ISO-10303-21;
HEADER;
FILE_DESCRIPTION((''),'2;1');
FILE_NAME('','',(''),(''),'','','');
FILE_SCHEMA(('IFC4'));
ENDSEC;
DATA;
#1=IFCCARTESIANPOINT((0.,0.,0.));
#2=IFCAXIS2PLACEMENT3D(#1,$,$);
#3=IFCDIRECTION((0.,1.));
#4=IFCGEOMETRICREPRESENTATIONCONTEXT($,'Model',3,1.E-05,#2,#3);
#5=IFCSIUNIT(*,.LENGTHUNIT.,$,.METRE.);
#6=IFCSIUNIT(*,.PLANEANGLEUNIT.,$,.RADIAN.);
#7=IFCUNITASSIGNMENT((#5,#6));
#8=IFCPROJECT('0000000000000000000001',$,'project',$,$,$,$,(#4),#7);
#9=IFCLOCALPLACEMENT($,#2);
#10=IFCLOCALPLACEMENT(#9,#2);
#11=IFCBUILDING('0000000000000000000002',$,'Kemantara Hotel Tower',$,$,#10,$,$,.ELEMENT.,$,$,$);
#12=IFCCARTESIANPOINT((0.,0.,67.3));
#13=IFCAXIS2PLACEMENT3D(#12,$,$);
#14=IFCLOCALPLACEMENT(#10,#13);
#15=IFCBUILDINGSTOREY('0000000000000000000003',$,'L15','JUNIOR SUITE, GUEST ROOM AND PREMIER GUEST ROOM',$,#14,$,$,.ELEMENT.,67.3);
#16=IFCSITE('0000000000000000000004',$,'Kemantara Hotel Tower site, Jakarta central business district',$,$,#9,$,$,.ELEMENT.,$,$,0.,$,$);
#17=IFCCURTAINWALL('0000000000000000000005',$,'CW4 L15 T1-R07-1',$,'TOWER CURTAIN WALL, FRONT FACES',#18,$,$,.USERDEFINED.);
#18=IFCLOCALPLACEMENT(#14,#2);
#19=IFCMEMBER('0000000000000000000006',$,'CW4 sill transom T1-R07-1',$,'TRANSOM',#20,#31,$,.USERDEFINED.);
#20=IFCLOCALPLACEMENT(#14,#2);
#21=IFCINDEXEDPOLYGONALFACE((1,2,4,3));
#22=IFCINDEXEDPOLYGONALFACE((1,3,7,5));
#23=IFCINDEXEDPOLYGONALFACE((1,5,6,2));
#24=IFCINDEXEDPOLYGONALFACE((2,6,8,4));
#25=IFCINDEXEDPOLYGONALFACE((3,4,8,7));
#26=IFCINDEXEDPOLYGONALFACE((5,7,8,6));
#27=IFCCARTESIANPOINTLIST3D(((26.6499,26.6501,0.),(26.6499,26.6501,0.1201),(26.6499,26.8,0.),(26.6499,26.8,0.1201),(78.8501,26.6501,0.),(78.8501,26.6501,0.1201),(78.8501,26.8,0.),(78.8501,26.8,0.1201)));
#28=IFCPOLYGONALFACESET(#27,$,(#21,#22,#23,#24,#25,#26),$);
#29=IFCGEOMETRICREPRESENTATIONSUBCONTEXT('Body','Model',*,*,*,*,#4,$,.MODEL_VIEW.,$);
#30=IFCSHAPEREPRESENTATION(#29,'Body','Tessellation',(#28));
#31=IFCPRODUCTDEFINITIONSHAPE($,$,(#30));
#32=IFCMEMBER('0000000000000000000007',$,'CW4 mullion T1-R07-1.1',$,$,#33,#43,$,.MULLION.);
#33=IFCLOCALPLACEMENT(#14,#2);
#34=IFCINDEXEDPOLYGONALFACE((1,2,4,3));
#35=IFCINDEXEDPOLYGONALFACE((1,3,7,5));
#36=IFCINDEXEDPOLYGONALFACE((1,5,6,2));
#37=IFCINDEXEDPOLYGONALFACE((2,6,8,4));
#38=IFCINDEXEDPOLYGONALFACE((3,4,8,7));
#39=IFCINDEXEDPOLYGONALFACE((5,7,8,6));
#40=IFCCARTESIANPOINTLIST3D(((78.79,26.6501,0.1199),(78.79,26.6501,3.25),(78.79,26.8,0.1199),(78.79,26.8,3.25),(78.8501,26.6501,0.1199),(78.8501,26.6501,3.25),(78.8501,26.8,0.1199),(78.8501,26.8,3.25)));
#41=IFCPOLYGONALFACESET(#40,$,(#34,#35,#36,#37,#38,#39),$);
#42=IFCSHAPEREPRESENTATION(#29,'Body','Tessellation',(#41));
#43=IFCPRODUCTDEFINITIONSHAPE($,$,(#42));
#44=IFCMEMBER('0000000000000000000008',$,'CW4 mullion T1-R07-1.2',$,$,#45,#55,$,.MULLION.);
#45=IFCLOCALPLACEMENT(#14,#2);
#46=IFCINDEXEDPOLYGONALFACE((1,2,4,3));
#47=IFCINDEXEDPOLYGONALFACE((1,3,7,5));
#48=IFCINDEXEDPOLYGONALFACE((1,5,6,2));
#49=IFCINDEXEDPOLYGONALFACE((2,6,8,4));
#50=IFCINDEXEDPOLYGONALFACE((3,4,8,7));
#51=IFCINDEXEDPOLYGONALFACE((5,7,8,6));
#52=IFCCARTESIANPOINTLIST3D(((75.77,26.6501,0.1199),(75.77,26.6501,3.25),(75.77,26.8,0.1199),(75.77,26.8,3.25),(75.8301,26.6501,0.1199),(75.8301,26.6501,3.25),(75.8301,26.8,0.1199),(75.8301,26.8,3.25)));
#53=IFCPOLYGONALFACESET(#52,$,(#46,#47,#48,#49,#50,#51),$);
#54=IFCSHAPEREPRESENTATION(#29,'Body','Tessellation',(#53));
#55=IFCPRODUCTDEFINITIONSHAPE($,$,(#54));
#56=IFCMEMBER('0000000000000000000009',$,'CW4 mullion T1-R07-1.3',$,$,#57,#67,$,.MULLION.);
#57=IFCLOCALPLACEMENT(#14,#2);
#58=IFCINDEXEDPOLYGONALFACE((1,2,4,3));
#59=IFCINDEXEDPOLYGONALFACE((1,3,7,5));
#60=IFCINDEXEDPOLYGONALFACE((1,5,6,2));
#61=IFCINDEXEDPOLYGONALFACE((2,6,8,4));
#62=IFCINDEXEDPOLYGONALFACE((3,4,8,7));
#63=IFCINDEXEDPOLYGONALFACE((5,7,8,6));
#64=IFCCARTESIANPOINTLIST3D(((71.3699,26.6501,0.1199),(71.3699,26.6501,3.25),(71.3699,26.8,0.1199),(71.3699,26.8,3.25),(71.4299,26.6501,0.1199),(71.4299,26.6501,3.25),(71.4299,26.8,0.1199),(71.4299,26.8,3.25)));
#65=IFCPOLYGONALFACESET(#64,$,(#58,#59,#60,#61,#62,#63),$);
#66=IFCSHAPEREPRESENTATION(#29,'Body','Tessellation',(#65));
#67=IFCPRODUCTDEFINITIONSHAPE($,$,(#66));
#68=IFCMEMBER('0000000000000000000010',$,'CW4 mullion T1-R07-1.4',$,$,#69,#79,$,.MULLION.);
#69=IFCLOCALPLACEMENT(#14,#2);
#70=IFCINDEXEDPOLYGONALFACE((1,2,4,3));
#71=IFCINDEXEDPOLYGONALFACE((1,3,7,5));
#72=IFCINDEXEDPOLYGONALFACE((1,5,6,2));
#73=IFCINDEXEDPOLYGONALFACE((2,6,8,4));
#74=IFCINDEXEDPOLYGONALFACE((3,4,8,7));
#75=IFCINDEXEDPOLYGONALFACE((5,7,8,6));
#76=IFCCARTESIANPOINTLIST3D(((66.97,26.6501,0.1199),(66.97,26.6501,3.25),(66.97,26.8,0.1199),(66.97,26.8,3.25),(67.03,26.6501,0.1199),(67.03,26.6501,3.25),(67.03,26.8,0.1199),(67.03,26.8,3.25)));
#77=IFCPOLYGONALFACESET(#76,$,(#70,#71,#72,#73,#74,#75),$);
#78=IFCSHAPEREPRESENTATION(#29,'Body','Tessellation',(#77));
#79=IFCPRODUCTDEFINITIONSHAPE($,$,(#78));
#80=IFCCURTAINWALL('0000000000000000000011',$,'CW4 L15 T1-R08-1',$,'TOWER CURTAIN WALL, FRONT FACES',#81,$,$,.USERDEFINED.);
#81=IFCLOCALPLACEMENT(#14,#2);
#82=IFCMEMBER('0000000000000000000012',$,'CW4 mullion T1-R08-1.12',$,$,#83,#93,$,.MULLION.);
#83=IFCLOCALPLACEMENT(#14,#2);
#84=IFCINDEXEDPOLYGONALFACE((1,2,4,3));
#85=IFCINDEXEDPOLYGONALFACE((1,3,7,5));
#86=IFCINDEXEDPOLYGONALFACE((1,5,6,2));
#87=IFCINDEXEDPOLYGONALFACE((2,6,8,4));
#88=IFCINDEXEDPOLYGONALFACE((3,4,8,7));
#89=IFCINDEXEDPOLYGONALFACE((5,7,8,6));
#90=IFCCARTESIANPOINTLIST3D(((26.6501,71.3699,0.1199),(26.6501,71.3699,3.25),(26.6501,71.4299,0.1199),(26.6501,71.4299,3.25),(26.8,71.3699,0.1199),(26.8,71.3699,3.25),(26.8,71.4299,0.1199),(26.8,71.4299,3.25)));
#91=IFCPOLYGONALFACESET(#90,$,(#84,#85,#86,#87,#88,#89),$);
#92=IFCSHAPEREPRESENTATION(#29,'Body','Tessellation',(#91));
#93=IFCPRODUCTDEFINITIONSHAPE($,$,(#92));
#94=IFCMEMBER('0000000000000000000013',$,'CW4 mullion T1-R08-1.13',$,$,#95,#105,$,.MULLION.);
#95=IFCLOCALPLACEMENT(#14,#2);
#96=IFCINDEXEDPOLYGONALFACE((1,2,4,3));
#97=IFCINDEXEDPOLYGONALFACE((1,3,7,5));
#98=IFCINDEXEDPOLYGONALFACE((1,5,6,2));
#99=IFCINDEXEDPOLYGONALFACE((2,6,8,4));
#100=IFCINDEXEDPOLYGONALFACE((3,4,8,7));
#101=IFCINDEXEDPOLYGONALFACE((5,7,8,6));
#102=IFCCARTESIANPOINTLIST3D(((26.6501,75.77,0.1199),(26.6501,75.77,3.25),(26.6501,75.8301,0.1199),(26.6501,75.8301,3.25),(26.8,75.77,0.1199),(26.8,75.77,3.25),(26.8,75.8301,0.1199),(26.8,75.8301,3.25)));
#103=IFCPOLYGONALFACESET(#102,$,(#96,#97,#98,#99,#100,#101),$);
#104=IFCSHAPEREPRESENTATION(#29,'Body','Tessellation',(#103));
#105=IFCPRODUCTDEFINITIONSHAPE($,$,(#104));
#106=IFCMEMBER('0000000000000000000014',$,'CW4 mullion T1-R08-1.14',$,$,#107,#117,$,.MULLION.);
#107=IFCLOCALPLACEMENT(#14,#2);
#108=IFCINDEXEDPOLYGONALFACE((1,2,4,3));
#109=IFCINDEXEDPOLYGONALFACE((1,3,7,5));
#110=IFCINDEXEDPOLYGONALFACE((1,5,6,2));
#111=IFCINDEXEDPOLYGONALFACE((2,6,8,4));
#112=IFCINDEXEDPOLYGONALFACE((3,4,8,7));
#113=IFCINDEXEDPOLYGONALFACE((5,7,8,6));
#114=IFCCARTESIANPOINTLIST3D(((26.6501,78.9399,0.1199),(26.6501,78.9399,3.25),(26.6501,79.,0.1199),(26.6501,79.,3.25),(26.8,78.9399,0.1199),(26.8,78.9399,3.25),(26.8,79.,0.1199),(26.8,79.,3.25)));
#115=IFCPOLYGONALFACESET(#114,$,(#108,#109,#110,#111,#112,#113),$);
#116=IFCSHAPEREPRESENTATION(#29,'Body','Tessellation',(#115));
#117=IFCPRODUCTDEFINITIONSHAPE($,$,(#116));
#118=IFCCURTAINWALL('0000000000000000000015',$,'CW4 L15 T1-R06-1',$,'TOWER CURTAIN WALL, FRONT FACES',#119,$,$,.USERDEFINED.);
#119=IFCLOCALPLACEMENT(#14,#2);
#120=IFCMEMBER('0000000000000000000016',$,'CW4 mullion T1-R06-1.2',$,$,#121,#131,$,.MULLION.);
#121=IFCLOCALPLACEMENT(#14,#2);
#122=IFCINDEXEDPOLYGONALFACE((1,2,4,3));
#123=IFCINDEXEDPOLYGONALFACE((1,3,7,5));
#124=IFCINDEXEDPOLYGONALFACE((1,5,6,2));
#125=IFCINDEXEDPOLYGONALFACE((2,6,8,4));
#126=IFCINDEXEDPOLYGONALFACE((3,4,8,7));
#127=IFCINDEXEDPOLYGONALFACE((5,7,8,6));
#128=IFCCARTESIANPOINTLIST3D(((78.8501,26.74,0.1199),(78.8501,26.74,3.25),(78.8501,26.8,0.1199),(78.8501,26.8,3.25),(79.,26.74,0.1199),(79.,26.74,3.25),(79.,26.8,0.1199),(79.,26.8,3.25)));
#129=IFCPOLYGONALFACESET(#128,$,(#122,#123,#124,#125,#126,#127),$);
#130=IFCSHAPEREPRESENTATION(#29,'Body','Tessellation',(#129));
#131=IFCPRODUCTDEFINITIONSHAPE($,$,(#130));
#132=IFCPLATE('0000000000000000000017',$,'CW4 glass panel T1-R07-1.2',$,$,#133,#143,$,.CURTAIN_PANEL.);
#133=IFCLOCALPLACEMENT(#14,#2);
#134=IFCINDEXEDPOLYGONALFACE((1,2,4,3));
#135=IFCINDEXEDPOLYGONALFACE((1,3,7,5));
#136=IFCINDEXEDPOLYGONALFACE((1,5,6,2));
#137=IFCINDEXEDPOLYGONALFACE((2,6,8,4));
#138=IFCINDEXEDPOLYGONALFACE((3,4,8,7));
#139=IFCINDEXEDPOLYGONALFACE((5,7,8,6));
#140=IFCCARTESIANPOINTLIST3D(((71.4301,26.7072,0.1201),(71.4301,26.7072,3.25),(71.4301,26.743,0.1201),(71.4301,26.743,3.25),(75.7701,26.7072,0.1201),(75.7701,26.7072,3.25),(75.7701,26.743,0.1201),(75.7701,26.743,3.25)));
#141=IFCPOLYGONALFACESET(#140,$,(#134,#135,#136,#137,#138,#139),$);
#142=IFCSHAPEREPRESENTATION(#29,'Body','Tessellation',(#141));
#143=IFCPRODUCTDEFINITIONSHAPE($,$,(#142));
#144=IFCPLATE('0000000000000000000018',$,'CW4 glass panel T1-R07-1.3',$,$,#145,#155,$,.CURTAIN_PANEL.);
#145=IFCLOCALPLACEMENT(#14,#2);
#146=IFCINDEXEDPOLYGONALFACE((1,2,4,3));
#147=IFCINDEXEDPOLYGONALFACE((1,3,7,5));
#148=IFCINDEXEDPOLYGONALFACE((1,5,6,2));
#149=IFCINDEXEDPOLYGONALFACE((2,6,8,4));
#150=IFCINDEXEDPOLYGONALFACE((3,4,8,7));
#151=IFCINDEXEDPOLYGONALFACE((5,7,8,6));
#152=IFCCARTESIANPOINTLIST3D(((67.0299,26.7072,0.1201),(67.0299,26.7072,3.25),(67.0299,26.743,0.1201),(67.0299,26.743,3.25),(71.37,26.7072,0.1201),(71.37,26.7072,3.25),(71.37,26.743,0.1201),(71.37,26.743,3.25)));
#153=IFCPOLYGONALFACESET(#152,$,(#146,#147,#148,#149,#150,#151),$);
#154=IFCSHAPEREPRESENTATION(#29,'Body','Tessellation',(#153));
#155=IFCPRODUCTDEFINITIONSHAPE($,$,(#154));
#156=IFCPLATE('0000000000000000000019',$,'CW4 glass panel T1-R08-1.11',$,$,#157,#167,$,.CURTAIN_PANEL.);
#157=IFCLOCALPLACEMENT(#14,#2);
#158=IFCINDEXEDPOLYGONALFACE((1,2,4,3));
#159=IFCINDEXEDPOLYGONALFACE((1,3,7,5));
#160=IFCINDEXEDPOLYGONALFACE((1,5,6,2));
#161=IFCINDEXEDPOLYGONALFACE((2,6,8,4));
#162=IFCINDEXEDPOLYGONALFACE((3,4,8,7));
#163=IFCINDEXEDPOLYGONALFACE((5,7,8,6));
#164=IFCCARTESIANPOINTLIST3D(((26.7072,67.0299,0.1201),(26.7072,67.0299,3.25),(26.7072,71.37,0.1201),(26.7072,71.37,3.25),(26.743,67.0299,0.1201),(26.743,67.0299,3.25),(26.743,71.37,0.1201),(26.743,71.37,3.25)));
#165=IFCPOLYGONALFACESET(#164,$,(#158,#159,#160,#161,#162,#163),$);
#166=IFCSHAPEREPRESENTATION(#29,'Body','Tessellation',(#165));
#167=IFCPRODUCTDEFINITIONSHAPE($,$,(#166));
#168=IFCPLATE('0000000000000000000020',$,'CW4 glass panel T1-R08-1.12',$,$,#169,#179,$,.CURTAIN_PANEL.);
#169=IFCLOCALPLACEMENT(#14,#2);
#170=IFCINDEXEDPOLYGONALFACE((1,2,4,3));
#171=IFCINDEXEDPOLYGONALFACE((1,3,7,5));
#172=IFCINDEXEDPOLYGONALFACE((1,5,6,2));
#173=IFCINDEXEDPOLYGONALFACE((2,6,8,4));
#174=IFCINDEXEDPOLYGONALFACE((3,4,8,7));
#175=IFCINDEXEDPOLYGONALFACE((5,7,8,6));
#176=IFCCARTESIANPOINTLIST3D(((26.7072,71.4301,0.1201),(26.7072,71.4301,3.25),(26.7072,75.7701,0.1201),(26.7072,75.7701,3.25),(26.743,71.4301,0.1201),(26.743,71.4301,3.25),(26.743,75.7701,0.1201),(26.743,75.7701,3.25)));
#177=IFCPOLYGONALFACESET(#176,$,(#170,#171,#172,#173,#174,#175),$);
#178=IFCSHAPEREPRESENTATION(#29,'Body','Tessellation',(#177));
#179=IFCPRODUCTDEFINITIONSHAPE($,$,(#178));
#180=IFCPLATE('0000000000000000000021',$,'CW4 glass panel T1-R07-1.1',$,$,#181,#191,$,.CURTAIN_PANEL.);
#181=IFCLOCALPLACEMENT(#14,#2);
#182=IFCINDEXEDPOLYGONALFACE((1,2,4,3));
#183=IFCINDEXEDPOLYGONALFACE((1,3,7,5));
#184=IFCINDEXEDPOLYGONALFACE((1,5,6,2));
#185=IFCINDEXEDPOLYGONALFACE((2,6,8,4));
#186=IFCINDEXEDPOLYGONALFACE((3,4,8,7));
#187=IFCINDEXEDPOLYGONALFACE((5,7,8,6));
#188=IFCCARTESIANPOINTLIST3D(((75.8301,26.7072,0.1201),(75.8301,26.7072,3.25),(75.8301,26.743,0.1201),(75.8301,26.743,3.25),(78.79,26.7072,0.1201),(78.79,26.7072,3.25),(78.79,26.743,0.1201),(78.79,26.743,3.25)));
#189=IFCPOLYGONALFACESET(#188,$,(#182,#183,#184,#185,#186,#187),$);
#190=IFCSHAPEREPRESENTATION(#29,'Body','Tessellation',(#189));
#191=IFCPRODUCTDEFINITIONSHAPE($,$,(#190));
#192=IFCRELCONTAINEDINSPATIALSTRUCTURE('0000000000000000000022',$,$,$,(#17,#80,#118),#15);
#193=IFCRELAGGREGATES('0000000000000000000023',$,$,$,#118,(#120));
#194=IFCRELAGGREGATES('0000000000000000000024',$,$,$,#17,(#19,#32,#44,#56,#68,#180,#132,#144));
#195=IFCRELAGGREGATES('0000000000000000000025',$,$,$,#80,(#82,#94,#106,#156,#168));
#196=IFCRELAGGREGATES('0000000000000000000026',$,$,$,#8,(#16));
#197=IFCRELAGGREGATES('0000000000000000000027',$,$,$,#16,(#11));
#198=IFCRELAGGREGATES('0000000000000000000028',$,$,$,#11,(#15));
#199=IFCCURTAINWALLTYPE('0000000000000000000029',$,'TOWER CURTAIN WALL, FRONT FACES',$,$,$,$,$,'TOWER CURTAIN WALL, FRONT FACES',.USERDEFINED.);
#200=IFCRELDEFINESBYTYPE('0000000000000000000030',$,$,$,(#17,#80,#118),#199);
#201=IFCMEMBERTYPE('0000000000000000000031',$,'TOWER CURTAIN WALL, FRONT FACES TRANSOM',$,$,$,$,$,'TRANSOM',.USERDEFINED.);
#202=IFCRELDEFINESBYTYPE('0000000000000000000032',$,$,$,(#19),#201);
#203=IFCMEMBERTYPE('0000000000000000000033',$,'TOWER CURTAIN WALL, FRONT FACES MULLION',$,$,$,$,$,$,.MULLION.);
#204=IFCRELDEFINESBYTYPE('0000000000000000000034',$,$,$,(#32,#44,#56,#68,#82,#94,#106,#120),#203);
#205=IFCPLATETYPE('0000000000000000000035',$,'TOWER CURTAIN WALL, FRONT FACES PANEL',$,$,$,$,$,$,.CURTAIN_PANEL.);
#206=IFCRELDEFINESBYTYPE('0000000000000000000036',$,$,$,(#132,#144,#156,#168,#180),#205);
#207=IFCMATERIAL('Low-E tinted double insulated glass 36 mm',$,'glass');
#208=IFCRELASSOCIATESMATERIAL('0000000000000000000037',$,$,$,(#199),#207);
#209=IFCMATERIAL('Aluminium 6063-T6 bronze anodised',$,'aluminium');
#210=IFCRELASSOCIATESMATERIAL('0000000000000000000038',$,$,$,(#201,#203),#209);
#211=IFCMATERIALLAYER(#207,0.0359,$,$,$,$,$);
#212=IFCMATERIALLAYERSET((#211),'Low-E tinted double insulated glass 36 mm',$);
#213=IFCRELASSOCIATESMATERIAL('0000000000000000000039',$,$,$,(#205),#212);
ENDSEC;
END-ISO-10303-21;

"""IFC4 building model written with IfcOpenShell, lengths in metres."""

from ifc_helpers import new_model, si_unit, direction, frame, origin, origin_2d, place, context, subcontext, project, spatial, rectangle, extrude, source, transform, mapped, material, layer, layer_set, material_profile, profile_set, type_object, element, aggregate, save


model = new_model("IFC4")

# Units and contexts
model_context = context("Model", 3, precision=1e-05, world=origin(), true_north=direction((0.0, 1.0)))
body_context = subcontext(model_context, "Body", "Model", "MODEL_VIEW")
ifc_project = project(units=[si_unit("LENGTHUNIT", "METRE"), si_unit("PLANEANGLEUNIT", "RADIAN")], contexts=[model_context])

# Site, building, storey
site_placement = place(None, origin())
site = spatial("IfcSite", under=ifc_project, at=site_placement, Name="Kemantara Hotel Tower site, Jakarta central business district", CompositionType="ELEMENT", RefElevation=0.0)
building_placement = place(site_placement, origin())
building = spatial("IfcBuilding", under=site, at=building_placement, Name="Kemantara Hotel Tower", CompositionType="ELEMENT")
storey_placement = place(building_placement, frame((0.0, 0.0, 67.3)))
storey = spatial("IfcBuildingStorey", under=building, at=storey_placement, Name="L15", Description="JUNIOR SUITE, GUEST ROOM AND PREMIER GUEST ROOM", CompositionType="ELEMENT", Elevation=67.3)

# Curtain walls, members
ifc_material_1 = material(Name="Low-E tinted double insulated glass 36 mm", Category="glass")
curtain_wall_type = type_object("IfcCurtainWallType", Name="TOWER CURTAIN WALL, FRONT FACES", ElementType="TOWER CURTAIN WALL, FRONT FACES", PredefinedType="USERDEFINED", material=ifc_material_1)
curtain_wall_1_placement = place(storey_placement, origin())
curtain_wall_1 = element("IfcCurtainWall", 1, at=curtain_wall_1_placement, inside=storey, type_object=curtain_wall_type, Name="CW4 L15 T1-R07-1", ObjectType="TOWER CURTAIN WALL, FRONT FACES", PredefinedType="USERDEFINED")
ifc_material_2 = material(Name="Aluminium 6063-T6 bronze anodised", Category="aluminium")
ifc_material_profile_1 = material_profile(ifc_material_2, rectangle(XDim=0.1499, YDim=0.1201, at=origin_2d()), Name="TOWER CURTAIN WALL, FRONT FACES TRANSOM")
ifc_profile_set_1 = profile_set([ifc_material_profile_1], Name="Aluminium 6063-T6 bronze anodised")
member_type_1 = type_object("IfcMemberType", Name="TOWER CURTAIN WALL, FRONT FACES TRANSOM", ElementType="TRANSOM", PredefinedType="USERDEFINED", material=ifc_profile_set_1)
member_1_placement = place(storey_placement, frame((78.8501, 26.7251, 0.0601), z_axis=(-1.0, 0.0, 0.0), x_axis=(0.0, -1.0, 0.0)))
member_1 = element("IfcMember", 2, at=member_1_placement, type_object=member_type_1, Name="CW4 sill transom T1-R07-1", ObjectType="TRANSOM", PredefinedType="USERDEFINED", context=body_context, shape_type="SweptSolid", body=[
    extrude(rectangle(XDim=0.1499, YDim=0.1201, at=origin_2d()), origin(), (0.0, 0.0, 1.0), 52.2002),
])
ifc_material_profile_2 = material_profile(ifc_material_2, rectangle(XDim=0.1499, YDim=0.0601, at=origin_2d()), Name="TOWER CURTAIN WALL, FRONT FACES MULLION")
ifc_profile_set_2 = profile_set([ifc_material_profile_2], Name="Aluminium 6063-T6 bronze anodised")
member_type_2 = type_object("IfcMemberType", Name="TOWER CURTAIN WALL, FRONT FACES MULLION", PredefinedType="MULLION", material=ifc_profile_set_2)
shared_shape_1 = source(origin(), body_context, "Body", "SweptSolid", [
    extrude(rectangle(XDim=0.1499, YDim=0.0601, at=origin_2d()), origin(), (0.0, 0.0, 1.0), 3.1301),
])
member_2_placement = place(storey_placement, frame((78.8201, 26.7251, 0.1199), z_axis=(0.0, 0.0, 1.0), x_axis=(0.0, -1.0, 0.0)))
member_2 = element("IfcMember", 3, at=member_2_placement, type_object=member_type_2, Name="CW4 mullion T1-R07-1.1", PredefinedType="MULLION", context=body_context, shape_type="MappedRepresentation", body=[
    mapped(shared_shape_1, transform((0.0, 0.0, 0.0))),
])
member_3_placement = place(storey_placement, frame((75.8, 26.7251, 0.1199), z_axis=(0.0, 0.0, 1.0), x_axis=(0.0, -1.0, 0.0)))
member_3 = element("IfcMember", 4, at=member_3_placement, type_object=member_type_2, Name="CW4 mullion T1-R07-1.2", PredefinedType="MULLION", context=body_context, shape_type="MappedRepresentation", body=[
    mapped(shared_shape_1, transform((0.0, 0.0, 0.0))),
])
member_4_placement = place(storey_placement, frame((71.3999, 26.7251, 0.1199), z_axis=(0.0, 0.0, 1.0), x_axis=(0.0, -1.0, 0.0)))
member_4 = element("IfcMember", 5, at=member_4_placement, type_object=member_type_2, Name="CW4 mullion T1-R07-1.3", PredefinedType="MULLION", context=body_context, shape_type="MappedRepresentation", body=[
    mapped(shared_shape_1, transform((0.0, 0.0, 0.0))),
])
member_5_placement = place(storey_placement, frame((67.0, 26.7251, 0.1199), z_axis=(0.0, 0.0, 1.0), x_axis=(0.0, -1.0, 0.0)))
member_5 = element("IfcMember", 6, at=member_5_placement, type_object=member_type_2, Name="CW4 mullion T1-R07-1.4", PredefinedType="MULLION", context=body_context, shape_type="MappedRepresentation", body=[
    mapped(shared_shape_1, transform((0.0, 0.0, 0.0))),
])
curtain_wall_2_placement = place(storey_placement, origin())
curtain_wall_2 = element("IfcCurtainWall", 7, at=curtain_wall_2_placement, inside=storey, type_object=curtain_wall_type, Name="CW4 L15 T1-R08-1", ObjectType="TOWER CURTAIN WALL, FRONT FACES", PredefinedType="USERDEFINED")
member_6_placement = place(storey_placement, frame((26.7251, 71.3999, 0.1199), z_axis=(0.0, 0.0, 1.0), x_axis=(-1.0, 0.0, 0.0)))
member_6 = element("IfcMember", 8, at=member_6_placement, type_object=member_type_2, Name="CW4 mullion T1-R08-1.12", PredefinedType="MULLION", context=body_context, shape_type="MappedRepresentation", body=[
    mapped(shared_shape_1, transform((0.0, 0.0, 0.0))),
])
member_7_placement = place(storey_placement, frame((26.7251, 75.8, 0.1199), z_axis=(0.0, 0.0, 1.0), x_axis=(-1.0, 0.0, 0.0)))
member_7 = element("IfcMember", 9, at=member_7_placement, type_object=member_type_2, Name="CW4 mullion T1-R08-1.13", PredefinedType="MULLION", context=body_context, shape_type="MappedRepresentation", body=[
    mapped(shared_shape_1, transform((0.0, 0.0, 0.0))),
])
member_8_placement = place(storey_placement, frame((26.7251, 78.97, 0.1199), z_axis=(0.0, 0.0, 1.0), x_axis=(-1.0, 0.0, 0.0)))
member_8 = element("IfcMember", 10, at=member_8_placement, type_object=member_type_2, Name="CW4 mullion T1-R08-1.14", PredefinedType="MULLION", context=body_context, shape_type="MappedRepresentation", body=[
    mapped(shared_shape_1, transform((0.0, 0.0, 0.0))),
])

# Curtain wall, member
curtain_wall_3_placement = place(storey_placement, origin())
curtain_wall_3 = element("IfcCurtainWall", 11, at=curtain_wall_3_placement, inside=storey, type_object=curtain_wall_type, Name="CW4 L15 T1-R06-1", ObjectType="TOWER CURTAIN WALL, FRONT FACES", PredefinedType="USERDEFINED")
member_9_placement = place(storey_placement, frame((78.925, 26.77, 0.1199), z_axis=(0.0, 0.0, 1.0), x_axis=(-1.0, 0.0, 0.0)))
member_9 = element("IfcMember", 12, at=member_9_placement, type_object=member_type_2, Name="CW4 mullion T1-R06-1.2", PredefinedType="MULLION", context=body_context, shape_type="MappedRepresentation", body=[
    mapped(shared_shape_1, transform((0.0, 0.0, 0.0))),
])
aggregate(curtain_wall_3, [member_9])

# Plates
ifc_layer_1 = layer(ifc_material_1, 0.0359)
ifc_layer_set_1 = layer_set([ifc_layer_1], Name="Low-E tinted double insulated glass 36 mm")
plate_type = type_object("IfcPlateType", Name="TOWER CURTAIN WALL, FRONT FACES PANEL", PredefinedType="CURTAIN_PANEL", material=ifc_layer_set_1)
shared_shape_2 = source(origin(), body_context, "Body", "SweptSolid", [
    extrude(rectangle(XDim=4.3401, YDim=0.0359, at=origin_2d()), origin(), (0.0, 0.0, 1.0), 3.1299),
])
plate_1_placement = place(storey_placement, frame((73.6001, 26.7251, 0.1201), z_axis=(0.0, 0.0, 1.0), x_axis=(-1.0, 0.0, 0.0)))
plate_1 = element("IfcPlate", 13, at=plate_1_placement, type_object=plate_type, Name="CW4 glass panel T1-R07-1.2", PredefinedType="CURTAIN_PANEL", context=body_context, shape_type="MappedRepresentation", body=[
    mapped(shared_shape_2, transform((0.0, 0.0, 0.0))),
])
plate_2_placement = place(storey_placement, frame((69.2, 26.7251, 0.1201), z_axis=(0.0, 0.0, 1.0), x_axis=(-1.0, 0.0, 0.0)))
plate_2 = element("IfcPlate", 14, at=plate_2_placement, type_object=plate_type, Name="CW4 glass panel T1-R07-1.3", PredefinedType="CURTAIN_PANEL", context=body_context, shape_type="MappedRepresentation", body=[
    mapped(shared_shape_2, transform((0.0, 0.0, 0.0))),
])
plate_3_placement = place(storey_placement, frame((26.7251, 69.2, 0.1201), z_axis=(0.0, 0.0, 1.0), x_axis=(0.0, 1.0, 0.0)))
plate_3 = element("IfcPlate", 15, at=plate_3_placement, type_object=plate_type, Name="CW4 glass panel T1-R08-1.11", PredefinedType="CURTAIN_PANEL", context=body_context, shape_type="MappedRepresentation", body=[
    mapped(shared_shape_2, transform((0.0, 0.0, 0.0))),
])
plate_4_placement = place(storey_placement, frame((26.7251, 73.6001, 0.1201), z_axis=(0.0, 0.0, 1.0), x_axis=(0.0, 1.0, 0.0)))
plate_4 = element("IfcPlate", 16, at=plate_4_placement, type_object=plate_type, Name="CW4 glass panel T1-R08-1.12", PredefinedType="CURTAIN_PANEL", context=body_context, shape_type="MappedRepresentation", body=[
    mapped(shared_shape_2, transform((0.0, 0.0, 0.0))),
])
shared_shape_3 = source(origin(), body_context, "Body", "SweptSolid", [
    extrude(rectangle(XDim=2.96, YDim=0.0359, at=origin_2d()), origin(), (0.0, 0.0, 1.0), 3.1299),
])
plate_5_placement = place(storey_placement, frame((77.3101, 26.7251, 0.1201), z_axis=(0.0, 0.0, 1.0), x_axis=(-1.0, 0.0, 0.0)))
plate_5 = element("IfcPlate", 17, at=plate_5_placement, type_object=plate_type, Name="CW4 glass panel T1-R07-1.1", PredefinedType="CURTAIN_PANEL", context=body_context, shape_type="MappedRepresentation", body=[
    mapped(shared_shape_3, transform((0.0, 0.0, 0.0))),
])
aggregate(curtain_wall_1, [member_1, member_2, member_3, member_4, member_5, plate_5, plate_1, plate_2])
aggregate(curtain_wall_2, [member_6, member_7, member_8, plate_3, plate_4])

save(model, "model.ifc")
